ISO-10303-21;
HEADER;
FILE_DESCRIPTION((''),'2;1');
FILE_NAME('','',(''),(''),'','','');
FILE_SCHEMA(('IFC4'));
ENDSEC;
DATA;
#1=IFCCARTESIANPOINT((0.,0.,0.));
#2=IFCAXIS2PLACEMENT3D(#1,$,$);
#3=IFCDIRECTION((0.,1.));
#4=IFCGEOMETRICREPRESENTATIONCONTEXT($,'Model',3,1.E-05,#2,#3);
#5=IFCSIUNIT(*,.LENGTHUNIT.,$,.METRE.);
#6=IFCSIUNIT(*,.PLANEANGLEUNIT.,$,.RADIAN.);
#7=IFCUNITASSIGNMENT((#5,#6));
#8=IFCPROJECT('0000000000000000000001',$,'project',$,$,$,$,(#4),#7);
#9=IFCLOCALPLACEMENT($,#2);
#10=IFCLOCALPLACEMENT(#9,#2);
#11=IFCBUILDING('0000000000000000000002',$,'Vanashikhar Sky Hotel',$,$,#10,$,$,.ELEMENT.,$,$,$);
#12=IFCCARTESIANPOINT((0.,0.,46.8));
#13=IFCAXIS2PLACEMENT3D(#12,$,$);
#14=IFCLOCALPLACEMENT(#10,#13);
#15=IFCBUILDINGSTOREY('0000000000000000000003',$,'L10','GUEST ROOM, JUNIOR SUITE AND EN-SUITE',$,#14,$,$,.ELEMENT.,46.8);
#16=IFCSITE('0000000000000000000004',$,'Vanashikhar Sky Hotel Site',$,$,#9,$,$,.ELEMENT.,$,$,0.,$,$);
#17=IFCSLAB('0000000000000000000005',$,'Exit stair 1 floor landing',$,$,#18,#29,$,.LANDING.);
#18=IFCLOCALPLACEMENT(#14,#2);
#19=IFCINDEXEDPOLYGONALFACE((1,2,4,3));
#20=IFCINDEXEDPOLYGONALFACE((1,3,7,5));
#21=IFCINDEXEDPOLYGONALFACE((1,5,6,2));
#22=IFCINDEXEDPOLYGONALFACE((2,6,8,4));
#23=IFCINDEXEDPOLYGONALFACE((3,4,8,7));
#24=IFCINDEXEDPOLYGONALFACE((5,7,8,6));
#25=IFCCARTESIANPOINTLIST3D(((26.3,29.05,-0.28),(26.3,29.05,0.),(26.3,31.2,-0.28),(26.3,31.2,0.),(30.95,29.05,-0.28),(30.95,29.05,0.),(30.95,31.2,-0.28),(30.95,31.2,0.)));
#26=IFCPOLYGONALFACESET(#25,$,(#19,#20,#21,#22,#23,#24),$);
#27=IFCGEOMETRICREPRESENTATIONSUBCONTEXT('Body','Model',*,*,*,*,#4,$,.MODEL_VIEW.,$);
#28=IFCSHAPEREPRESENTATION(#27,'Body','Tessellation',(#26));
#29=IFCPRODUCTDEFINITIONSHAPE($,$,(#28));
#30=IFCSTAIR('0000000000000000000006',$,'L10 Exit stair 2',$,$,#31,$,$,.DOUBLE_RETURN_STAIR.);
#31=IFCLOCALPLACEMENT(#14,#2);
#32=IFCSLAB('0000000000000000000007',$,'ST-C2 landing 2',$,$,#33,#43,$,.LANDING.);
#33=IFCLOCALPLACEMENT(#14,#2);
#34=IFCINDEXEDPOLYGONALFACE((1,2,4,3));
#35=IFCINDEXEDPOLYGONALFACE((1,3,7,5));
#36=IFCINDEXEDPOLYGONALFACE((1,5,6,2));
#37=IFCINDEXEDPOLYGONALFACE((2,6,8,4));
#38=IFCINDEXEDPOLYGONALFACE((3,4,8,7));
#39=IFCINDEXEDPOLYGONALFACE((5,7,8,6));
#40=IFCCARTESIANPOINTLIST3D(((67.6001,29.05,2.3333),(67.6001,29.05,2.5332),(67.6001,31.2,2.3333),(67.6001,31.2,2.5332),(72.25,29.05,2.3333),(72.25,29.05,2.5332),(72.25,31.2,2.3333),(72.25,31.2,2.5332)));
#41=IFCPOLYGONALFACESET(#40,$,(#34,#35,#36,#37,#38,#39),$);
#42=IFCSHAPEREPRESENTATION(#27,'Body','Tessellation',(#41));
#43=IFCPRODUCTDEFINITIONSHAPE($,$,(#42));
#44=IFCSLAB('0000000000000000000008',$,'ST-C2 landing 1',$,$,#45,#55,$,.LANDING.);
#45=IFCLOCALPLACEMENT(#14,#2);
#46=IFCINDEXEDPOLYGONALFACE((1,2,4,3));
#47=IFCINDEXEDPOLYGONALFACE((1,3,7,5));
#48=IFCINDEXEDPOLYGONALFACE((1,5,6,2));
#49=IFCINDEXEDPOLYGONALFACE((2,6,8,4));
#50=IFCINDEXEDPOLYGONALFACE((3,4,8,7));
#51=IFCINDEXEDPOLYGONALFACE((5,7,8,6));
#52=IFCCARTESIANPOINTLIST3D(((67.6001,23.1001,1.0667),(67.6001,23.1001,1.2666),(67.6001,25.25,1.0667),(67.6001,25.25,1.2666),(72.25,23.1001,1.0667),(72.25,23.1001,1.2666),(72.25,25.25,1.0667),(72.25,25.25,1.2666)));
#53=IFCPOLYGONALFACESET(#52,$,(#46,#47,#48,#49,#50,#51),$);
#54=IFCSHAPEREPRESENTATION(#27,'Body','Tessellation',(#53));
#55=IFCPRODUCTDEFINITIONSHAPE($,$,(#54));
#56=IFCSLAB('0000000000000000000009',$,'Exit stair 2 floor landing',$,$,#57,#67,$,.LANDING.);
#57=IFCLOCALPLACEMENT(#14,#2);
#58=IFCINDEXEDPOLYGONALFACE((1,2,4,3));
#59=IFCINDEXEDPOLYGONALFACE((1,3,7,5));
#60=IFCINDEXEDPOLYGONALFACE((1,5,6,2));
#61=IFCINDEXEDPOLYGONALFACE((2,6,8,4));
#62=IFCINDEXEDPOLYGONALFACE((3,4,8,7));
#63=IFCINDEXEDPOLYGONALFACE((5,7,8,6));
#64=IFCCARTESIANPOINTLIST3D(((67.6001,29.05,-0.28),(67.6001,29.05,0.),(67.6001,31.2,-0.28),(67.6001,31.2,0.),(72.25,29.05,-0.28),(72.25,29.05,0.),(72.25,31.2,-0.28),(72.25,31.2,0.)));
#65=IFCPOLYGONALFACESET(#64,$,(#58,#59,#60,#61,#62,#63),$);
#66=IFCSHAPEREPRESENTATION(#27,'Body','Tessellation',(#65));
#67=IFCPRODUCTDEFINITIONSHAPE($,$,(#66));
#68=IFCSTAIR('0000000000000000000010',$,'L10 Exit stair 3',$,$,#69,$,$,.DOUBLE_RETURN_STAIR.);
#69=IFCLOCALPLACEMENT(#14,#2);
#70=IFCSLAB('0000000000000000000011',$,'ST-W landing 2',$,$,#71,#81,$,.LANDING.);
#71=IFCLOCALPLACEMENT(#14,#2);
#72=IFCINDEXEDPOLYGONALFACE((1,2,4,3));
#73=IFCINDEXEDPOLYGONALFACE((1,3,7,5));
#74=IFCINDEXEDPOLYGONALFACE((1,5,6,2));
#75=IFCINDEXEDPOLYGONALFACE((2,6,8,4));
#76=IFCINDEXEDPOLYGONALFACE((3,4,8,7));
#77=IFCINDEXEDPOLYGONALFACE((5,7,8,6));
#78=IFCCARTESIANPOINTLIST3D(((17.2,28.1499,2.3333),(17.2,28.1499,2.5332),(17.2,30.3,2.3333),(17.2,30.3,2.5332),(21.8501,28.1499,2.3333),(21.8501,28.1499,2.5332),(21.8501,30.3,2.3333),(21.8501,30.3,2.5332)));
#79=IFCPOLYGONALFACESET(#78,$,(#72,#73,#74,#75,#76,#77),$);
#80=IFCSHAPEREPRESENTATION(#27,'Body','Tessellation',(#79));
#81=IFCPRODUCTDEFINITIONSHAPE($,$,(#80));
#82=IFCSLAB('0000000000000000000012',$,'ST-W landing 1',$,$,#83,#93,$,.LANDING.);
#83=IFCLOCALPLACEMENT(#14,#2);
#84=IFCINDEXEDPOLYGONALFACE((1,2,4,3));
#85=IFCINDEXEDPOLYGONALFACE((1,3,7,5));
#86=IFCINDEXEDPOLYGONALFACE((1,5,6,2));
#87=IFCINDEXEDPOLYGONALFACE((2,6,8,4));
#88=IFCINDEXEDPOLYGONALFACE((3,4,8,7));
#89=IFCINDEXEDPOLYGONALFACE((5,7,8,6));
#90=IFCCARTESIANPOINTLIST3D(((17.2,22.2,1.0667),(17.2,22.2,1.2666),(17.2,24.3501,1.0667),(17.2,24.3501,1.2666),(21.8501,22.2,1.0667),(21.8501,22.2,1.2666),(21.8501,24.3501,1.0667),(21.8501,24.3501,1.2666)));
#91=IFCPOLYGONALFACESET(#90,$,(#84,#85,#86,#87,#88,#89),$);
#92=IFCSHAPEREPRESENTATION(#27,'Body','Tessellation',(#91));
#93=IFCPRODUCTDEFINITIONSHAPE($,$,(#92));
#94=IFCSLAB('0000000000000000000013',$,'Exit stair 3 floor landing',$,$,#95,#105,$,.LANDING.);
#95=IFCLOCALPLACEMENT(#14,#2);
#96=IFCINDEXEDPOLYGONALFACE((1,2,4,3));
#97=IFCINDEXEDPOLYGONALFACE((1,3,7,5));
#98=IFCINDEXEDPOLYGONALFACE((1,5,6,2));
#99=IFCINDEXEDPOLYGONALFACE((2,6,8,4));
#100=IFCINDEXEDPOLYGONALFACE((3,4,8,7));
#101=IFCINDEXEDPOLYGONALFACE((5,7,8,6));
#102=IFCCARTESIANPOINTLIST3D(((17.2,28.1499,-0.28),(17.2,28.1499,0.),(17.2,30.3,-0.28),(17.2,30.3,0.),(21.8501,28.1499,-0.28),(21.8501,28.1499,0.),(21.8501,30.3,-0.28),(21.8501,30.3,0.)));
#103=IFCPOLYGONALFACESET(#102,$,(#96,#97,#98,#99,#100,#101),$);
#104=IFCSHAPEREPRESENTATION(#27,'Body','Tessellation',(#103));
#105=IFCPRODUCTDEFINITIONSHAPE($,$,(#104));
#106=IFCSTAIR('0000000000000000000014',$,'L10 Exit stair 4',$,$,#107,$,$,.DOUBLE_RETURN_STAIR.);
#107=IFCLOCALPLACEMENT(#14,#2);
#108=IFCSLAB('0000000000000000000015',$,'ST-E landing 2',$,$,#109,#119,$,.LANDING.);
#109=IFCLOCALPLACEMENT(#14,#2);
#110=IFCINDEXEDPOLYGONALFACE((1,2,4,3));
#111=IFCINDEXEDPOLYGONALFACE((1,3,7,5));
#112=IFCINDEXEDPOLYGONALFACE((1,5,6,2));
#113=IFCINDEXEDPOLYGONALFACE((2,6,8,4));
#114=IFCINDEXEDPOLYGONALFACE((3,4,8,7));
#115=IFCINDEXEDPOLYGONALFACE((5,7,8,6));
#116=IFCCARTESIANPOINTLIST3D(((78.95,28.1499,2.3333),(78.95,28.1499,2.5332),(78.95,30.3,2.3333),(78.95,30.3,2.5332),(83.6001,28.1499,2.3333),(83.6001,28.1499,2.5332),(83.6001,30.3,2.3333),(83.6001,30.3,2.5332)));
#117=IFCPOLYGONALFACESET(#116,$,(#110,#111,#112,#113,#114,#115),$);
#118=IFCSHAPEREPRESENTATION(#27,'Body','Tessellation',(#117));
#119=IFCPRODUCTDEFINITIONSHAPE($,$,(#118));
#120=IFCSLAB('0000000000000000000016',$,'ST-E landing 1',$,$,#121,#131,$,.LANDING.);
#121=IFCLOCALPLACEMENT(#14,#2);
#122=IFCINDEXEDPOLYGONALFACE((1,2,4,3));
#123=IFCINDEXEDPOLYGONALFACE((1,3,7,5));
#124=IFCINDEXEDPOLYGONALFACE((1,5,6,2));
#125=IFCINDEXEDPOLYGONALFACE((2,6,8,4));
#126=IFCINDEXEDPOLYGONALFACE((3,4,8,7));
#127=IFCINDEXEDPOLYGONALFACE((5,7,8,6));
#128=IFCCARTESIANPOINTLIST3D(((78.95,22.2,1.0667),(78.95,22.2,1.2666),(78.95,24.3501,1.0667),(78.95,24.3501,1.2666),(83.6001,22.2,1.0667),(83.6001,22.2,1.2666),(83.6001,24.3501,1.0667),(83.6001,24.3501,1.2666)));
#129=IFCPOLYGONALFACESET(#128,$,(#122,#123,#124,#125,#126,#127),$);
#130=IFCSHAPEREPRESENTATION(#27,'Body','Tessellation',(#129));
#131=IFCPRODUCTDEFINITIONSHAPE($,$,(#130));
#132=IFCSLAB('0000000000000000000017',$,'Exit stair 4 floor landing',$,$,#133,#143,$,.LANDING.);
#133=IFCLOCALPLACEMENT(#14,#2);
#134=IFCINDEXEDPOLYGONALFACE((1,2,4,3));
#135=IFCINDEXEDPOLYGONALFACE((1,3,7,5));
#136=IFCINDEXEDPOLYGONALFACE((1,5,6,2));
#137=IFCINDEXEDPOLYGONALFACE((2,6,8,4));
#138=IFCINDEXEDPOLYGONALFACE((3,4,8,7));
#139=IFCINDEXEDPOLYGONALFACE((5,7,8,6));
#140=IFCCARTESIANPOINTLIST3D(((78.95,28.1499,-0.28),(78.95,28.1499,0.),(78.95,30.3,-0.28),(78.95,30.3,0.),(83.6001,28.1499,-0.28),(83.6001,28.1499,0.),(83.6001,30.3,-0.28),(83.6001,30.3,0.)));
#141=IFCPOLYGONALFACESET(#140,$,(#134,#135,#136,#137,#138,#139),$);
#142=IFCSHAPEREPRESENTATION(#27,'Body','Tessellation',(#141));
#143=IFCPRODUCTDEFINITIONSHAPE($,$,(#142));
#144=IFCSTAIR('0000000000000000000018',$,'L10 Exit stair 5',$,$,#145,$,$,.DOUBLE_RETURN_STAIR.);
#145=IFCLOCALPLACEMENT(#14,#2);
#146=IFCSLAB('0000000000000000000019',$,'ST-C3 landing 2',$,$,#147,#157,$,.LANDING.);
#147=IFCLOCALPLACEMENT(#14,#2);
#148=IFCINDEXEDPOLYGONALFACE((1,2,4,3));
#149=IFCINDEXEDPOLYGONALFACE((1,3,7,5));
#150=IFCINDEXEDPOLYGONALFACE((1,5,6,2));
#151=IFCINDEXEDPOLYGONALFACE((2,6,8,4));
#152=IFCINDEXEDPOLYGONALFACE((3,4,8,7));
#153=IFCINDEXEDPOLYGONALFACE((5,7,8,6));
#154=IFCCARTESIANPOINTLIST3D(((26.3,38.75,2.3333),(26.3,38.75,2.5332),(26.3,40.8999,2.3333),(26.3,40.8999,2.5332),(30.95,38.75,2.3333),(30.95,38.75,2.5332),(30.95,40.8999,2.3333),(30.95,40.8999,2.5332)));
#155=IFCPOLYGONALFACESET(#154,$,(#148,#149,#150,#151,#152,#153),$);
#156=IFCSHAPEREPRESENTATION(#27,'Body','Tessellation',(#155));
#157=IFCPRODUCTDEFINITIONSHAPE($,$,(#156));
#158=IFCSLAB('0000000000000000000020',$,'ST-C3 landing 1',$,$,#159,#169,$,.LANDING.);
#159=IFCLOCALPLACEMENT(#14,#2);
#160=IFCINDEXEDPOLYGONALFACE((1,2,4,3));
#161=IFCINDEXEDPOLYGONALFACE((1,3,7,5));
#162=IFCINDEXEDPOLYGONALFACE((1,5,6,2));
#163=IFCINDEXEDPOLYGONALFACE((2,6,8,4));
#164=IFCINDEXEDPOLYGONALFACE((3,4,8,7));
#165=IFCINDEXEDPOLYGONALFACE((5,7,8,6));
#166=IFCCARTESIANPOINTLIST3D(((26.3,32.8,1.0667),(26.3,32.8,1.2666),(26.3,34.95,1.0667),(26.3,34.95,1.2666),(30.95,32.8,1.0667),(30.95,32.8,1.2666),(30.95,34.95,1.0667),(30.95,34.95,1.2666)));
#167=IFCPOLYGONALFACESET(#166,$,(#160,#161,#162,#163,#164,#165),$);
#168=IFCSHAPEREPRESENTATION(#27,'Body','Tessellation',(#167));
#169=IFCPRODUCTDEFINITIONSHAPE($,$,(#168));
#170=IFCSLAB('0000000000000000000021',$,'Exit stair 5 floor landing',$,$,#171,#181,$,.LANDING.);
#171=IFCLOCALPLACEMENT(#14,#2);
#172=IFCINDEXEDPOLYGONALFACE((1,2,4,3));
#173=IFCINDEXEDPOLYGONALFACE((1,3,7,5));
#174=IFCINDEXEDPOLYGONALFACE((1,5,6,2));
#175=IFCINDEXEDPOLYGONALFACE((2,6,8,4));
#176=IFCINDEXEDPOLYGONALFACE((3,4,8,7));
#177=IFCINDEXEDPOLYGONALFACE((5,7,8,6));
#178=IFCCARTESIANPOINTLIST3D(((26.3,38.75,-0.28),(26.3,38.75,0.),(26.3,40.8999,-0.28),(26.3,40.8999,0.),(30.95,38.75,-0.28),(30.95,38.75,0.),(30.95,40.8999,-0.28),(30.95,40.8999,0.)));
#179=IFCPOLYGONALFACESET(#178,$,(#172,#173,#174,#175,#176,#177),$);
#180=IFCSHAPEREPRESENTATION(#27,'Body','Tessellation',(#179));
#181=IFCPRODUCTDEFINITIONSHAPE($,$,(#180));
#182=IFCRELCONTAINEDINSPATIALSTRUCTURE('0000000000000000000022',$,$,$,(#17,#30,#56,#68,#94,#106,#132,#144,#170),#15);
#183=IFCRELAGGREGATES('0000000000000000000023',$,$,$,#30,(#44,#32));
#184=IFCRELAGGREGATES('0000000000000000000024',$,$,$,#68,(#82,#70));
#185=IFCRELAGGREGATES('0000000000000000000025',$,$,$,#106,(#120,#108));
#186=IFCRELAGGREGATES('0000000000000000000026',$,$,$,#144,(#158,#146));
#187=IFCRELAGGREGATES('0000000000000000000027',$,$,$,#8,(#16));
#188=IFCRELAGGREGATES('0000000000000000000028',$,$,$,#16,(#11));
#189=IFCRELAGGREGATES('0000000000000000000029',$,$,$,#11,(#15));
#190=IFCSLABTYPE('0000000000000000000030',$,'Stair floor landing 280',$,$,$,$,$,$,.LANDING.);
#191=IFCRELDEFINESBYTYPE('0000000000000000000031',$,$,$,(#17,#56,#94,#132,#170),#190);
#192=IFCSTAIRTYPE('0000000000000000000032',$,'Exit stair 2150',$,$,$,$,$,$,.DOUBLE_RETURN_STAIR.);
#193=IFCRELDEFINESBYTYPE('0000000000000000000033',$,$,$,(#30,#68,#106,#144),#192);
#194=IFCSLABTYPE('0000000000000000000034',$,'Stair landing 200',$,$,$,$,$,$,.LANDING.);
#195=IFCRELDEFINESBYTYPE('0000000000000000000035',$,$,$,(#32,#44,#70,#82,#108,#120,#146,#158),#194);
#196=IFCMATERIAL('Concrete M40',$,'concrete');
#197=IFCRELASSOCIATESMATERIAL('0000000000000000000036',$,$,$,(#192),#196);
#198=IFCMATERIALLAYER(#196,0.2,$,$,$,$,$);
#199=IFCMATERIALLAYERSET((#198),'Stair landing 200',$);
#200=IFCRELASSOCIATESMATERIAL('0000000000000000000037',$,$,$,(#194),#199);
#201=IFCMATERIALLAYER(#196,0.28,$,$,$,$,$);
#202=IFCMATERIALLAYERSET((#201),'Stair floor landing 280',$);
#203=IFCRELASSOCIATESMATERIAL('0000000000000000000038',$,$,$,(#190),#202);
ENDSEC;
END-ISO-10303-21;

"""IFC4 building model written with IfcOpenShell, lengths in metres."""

from ifc_helpers import new_model, si_unit, direction, frame, origin, place, context, subcontext, project, spatial, polyline, outline, extrude, source, transform, mapped, material, layer, layer_set, type_object, element, aggregate, save


model = new_model("IFC4")

# Units and contexts
model_context = context("Model", 3, precision=1e-05, world=origin(), true_north=direction((0.0, 1.0)))
body_context = subcontext(model_context, "Body", "Model", "MODEL_VIEW")
ifc_project = project(units=[si_unit("LENGTHUNIT", "METRE"), si_unit("PLANEANGLEUNIT", "RADIAN")], contexts=[model_context])

# Site, building, storey
site_placement = place(None, origin())
site = spatial("IfcSite", under=ifc_project, at=site_placement, Name="Vanashikhar Sky Hotel Site", CompositionType="ELEMENT", RefElevation=0.0)
building_placement = place(site_placement, origin())
building = spatial("IfcBuilding", under=site, at=building_placement, Name="Vanashikhar Sky Hotel", CompositionType="ELEMENT")
storey_placement = place(building_placement, frame((0.0, 0.0, 46.8)))
storey = spatial("IfcBuildingStorey", under=building, at=storey_placement, Name="L10", Description="GUEST ROOM, JUNIOR SUITE AND EN-SUITE", CompositionType="ELEMENT", Elevation=46.8)

# Shared definitions
ifc_material_1 = material(Name="Concrete M40", Category="concrete")

# Shared definitions
stair_type = type_object("IfcStairType", Name="Exit stair 2150", PredefinedType="DOUBLE_RETURN_STAIR", material=ifc_material_1)
ifc_layer_1 = layer(ifc_material_1, 0.2)
ifc_layer_set_1 = layer_set([ifc_layer_1], Name="Stair landing 200")
slab_type_1 = type_object("IfcSlabType", Name="Stair landing 200", PredefinedType="LANDING", material=ifc_layer_set_1)

# Slab
ifc_layer_2 = layer(ifc_material_1, 0.28)
ifc_layer_set_2 = layer_set([ifc_layer_2], Name="Stair floor landing 280")
slab_type_2 = type_object("IfcSlabType", Name="Stair floor landing 280", PredefinedType="LANDING", material=ifc_layer_set_2)
shared_shape_1 = source(origin(), body_context, "Body", "SweptSolid", [
    extrude(outline(polyline([(30.95, 29.05), (30.95, 31.2), (26.3, 31.2), (26.3, 29.05), (30.95, 29.05)])), origin(), (0.0, 0.0, 1.0), 0.28),
])
slab_1_placement = place(storey_placement, frame((0.0, 0.0, -0.28)))
element("IfcSlab", 1, at=slab_1_placement, inside=storey, type_object=slab_type_2, Name="Exit stair 1 floor landing", PredefinedType="LANDING", context=body_context, shape_type="MappedRepresentation", body=[
    mapped(shared_shape_1, transform((0.0, 0.0, 0.0), scale=1.0)),
])

# Stair, slabs
stair_1_placement = place(storey_placement, origin())
stair_1 = element("IfcStair", 2, at=stair_1_placement, inside=storey, type_object=stair_type, Name="L10 Exit stair 2", PredefinedType="DOUBLE_RETURN_STAIR")
shared_shape_2 = source(origin(), body_context, "Body", "SweptSolid", [
    extrude(outline(polyline([(72.25, 29.05), (72.25, 31.2), (67.6001, 31.2), (67.6001, 29.05), (72.25, 29.05)])), origin(), (0.0, 0.0, 1.0), 0.2),
])
slab_2_placement = place(storey_placement, frame((0.0, 0.0, 2.3333)))
slab_2 = element("IfcSlab", 3, at=slab_2_placement, type_object=slab_type_1, Name="ST-C2 landing 2", PredefinedType="LANDING", context=body_context, shape_type="MappedRepresentation", body=[
    mapped(shared_shape_2, transform((0.0, 0.0, 0.0), scale=1.0)),
])
shared_shape_3 = source(origin(), body_context, "Body", "SweptSolid", [
    extrude(outline(polyline([(72.25, 23.1001), (72.25, 25.25), (67.6001, 25.25), (67.6001, 23.1001), (72.25, 23.1001)])), origin(), (0.0, 0.0, 1.0), 0.2),
])
slab_3_placement = place(storey_placement, frame((0.0, 0.0, 1.0667)))
slab_3 = element("IfcSlab", 4, at=slab_3_placement, type_object=slab_type_1, Name="ST-C2 landing 1", PredefinedType="LANDING", context=body_context, shape_type="MappedRepresentation", body=[
    mapped(shared_shape_3, transform((0.0, 0.0, 0.0), scale=1.0)),
])
aggregate(stair_1, [slab_3, slab_2])

# Slab
shared_shape_4 = source(origin(), body_context, "Body", "SweptSolid", [
    extrude(outline(polyline([(72.25, 29.05), (72.25, 31.2), (67.6001, 31.2), (67.6001, 29.05), (72.25, 29.05)])), origin(), (0.0, 0.0, 1.0), 0.28),
])
slab_4_placement = place(storey_placement, frame((0.0, 0.0, -0.28)))
element("IfcSlab", 5, at=slab_4_placement, inside=storey, type_object=slab_type_2, Name="Exit stair 2 floor landing", PredefinedType="LANDING", context=body_context, shape_type="MappedRepresentation", body=[
    mapped(shared_shape_4, transform((0.0, 0.0, 0.0), scale=1.0)),
])

# Stair, slabs
stair_2_placement = place(storey_placement, origin())
stair_2 = element("IfcStair", 6, at=stair_2_placement, inside=storey, type_object=stair_type, Name="L10 Exit stair 3", PredefinedType="DOUBLE_RETURN_STAIR")
shared_shape_5 = source(origin(), body_context, "Body", "SweptSolid", [
    extrude(outline(polyline([(21.8501, 28.1499), (21.8501, 30.3), (17.2, 30.3), (17.2, 28.1499), (21.8501, 28.1499)])), origin(), (0.0, 0.0, 1.0), 0.2),
])
slab_5_placement = place(storey_placement, frame((0.0, 0.0, 2.3333)))
slab_5 = element("IfcSlab", 7, at=slab_5_placement, type_object=slab_type_1, Name="ST-W landing 2", PredefinedType="LANDING", context=body_context, shape_type="MappedRepresentation", body=[
    mapped(shared_shape_5, transform((0.0, 0.0, 0.0), scale=1.0)),
])
shared_shape_6 = source(origin(), body_context, "Body", "SweptSolid", [
    extrude(outline(polyline([(21.8501, 22.2), (21.8501, 24.3501), (17.2, 24.3501), (17.2, 22.2), (21.8501, 22.2)])), origin(), (0.0, 0.0, 1.0), 0.2),
])
slab_6_placement = place(storey_placement, frame((0.0, 0.0, 1.0667)))
slab_6 = element("IfcSlab", 8, at=slab_6_placement, type_object=slab_type_1, Name="ST-W landing 1", PredefinedType="LANDING", context=body_context, shape_type="MappedRepresentation", body=[
    mapped(shared_shape_6, transform((0.0, 0.0, 0.0), scale=1.0)),
])
aggregate(stair_2, [slab_6, slab_5])

# Slab
shared_shape_7 = source(origin(), body_context, "Body", "SweptSolid", [
    extrude(outline(polyline([(21.8501, 28.1499), (21.8501, 30.3), (17.2, 30.3), (17.2, 28.1499), (21.8501, 28.1499)])), origin(), (0.0, 0.0, 1.0), 0.28),
])
slab_7_placement = place(storey_placement, frame((0.0, 0.0, -0.28)))
element("IfcSlab", 9, at=slab_7_placement, inside=storey, type_object=slab_type_2, Name="Exit stair 3 floor landing", PredefinedType="LANDING", context=body_context, shape_type="MappedRepresentation", body=[
    mapped(shared_shape_7, transform((0.0, 0.0, 0.0), scale=1.0)),
])

# Stair, slabs
stair_3_placement = place(storey_placement, origin())
stair_3 = element("IfcStair", 10, at=stair_3_placement, inside=storey, type_object=stair_type, Name="L10 Exit stair 4", PredefinedType="DOUBLE_RETURN_STAIR")
shared_shape_8 = source(origin(), body_context, "Body", "SweptSolid", [
    extrude(outline(polyline([(83.6001, 28.1499), (83.6001, 30.3), (78.95, 30.3), (78.95, 28.1499), (83.6001, 28.1499)])), origin(), (0.0, 0.0, 1.0), 0.2),
])
slab_8_placement = place(storey_placement, frame((0.0, 0.0, 2.3333)))
slab_8 = element("IfcSlab", 11, at=slab_8_placement, type_object=slab_type_1, Name="ST-E landing 2", PredefinedType="LANDING", context=body_context, shape_type="MappedRepresentation", body=[
    mapped(shared_shape_8, transform((0.0, 0.0, 0.0), scale=1.0)),
])
shared_shape_9 = source(origin(), body_context, "Body", "SweptSolid", [
    extrude(outline(polyline([(83.6001, 22.2), (83.6001, 24.3501), (78.95, 24.3501), (78.95, 22.2), (83.6001, 22.2)])), origin(), (0.0, 0.0, 1.0), 0.2),
])
slab_9_placement = place(storey_placement, frame((0.0, 0.0, 1.0667)))
slab_9 = element("IfcSlab", 12, at=slab_9_placement, type_object=slab_type_1, Name="ST-E landing 1", PredefinedType="LANDING", context=body_context, shape_type="MappedRepresentation", body=[
    mapped(shared_shape_9, transform((0.0, 0.0, 0.0), scale=1.0)),
])
aggregate(stair_3, [slab_9, slab_8])

# Slab
shared_shape_10 = source(origin(), body_context, "Body", "SweptSolid", [
    extrude(outline(polyline([(83.6001, 28.1499), (83.6001, 30.3), (78.95, 30.3), (78.95, 28.1499), (83.6001, 28.1499)])), origin(), (0.0, 0.0, 1.0), 0.28),
])
slab_10_placement = place(storey_placement, frame((0.0, 0.0, -0.28)))
element("IfcSlab", 13, at=slab_10_placement, inside=storey, type_object=slab_type_2, Name="Exit stair 4 floor landing", PredefinedType="LANDING", context=body_context, shape_type="MappedRepresentation", body=[
    mapped(shared_shape_10, transform((0.0, 0.0, 0.0), scale=1.0)),
])

# Stair, slabs
stair_4_placement = place(storey_placement, origin())
stair_4 = element("IfcStair", 14, at=stair_4_placement, inside=storey, type_object=stair_type, Name="L10 Exit stair 5", PredefinedType="DOUBLE_RETURN_STAIR")
shared_shape_11 = source(origin(), body_context, "Body", "SweptSolid", [
    extrude(outline(polyline([(30.95, 38.75), (30.95, 40.8999), (26.3, 40.8999), (26.3, 38.75), (30.95, 38.75)])), origin(), (0.0, 0.0, 1.0), 0.2),
])
slab_11_placement = place(storey_placement, frame((0.0, 0.0, 2.3333)))
slab_11 = element("IfcSlab", 15, at=slab_11_placement, type_object=slab_type_1, Name="ST-C3 landing 2", PredefinedType="LANDING", context=body_context, shape_type="MappedRepresentation", body=[
    mapped(shared_shape_11, transform((0.0, 0.0, 0.0), scale=1.0)),
])
shared_shape_12 = source(origin(), body_context, "Body", "SweptSolid", [
    extrude(outline(polyline([(30.95, 32.8), (30.95, 34.95), (26.3, 34.95), (26.3, 32.8), (30.95, 32.8)])), origin(), (0.0, 0.0, 1.0), 0.2),
])
slab_12_placement = place(storey_placement, frame((0.0, 0.0, 1.0667)))
slab_12 = element("IfcSlab", 16, at=slab_12_placement, type_object=slab_type_1, Name="ST-C3 landing 1", PredefinedType="LANDING", context=body_context, shape_type="MappedRepresentation", body=[
    mapped(shared_shape_12, transform((0.0, 0.0, 0.0), scale=1.0)),
])
aggregate(stair_4, [slab_12, slab_11])

# Slab
shared_shape_13 = source(origin(), body_context, "Body", "SweptSolid", [
    extrude(outline(polyline([(30.95, 38.75), (30.95, 40.8999), (26.3, 40.8999), (26.3, 38.75), (30.95, 38.75)])), origin(), (0.0, 0.0, 1.0), 0.28),
])
slab_13_placement = place(storey_placement, frame((0.0, 0.0, -0.28)))
element("IfcSlab", 17, at=slab_13_placement, inside=storey, type_object=slab_type_2, Name="Exit stair 5 floor landing", PredefinedType="LANDING", context=body_context, shape_type="MappedRepresentation", body=[
    mapped(shared_shape_13, transform((0.0, 0.0, 0.0), scale=1.0)),
])

save(model, "model.ifc")
